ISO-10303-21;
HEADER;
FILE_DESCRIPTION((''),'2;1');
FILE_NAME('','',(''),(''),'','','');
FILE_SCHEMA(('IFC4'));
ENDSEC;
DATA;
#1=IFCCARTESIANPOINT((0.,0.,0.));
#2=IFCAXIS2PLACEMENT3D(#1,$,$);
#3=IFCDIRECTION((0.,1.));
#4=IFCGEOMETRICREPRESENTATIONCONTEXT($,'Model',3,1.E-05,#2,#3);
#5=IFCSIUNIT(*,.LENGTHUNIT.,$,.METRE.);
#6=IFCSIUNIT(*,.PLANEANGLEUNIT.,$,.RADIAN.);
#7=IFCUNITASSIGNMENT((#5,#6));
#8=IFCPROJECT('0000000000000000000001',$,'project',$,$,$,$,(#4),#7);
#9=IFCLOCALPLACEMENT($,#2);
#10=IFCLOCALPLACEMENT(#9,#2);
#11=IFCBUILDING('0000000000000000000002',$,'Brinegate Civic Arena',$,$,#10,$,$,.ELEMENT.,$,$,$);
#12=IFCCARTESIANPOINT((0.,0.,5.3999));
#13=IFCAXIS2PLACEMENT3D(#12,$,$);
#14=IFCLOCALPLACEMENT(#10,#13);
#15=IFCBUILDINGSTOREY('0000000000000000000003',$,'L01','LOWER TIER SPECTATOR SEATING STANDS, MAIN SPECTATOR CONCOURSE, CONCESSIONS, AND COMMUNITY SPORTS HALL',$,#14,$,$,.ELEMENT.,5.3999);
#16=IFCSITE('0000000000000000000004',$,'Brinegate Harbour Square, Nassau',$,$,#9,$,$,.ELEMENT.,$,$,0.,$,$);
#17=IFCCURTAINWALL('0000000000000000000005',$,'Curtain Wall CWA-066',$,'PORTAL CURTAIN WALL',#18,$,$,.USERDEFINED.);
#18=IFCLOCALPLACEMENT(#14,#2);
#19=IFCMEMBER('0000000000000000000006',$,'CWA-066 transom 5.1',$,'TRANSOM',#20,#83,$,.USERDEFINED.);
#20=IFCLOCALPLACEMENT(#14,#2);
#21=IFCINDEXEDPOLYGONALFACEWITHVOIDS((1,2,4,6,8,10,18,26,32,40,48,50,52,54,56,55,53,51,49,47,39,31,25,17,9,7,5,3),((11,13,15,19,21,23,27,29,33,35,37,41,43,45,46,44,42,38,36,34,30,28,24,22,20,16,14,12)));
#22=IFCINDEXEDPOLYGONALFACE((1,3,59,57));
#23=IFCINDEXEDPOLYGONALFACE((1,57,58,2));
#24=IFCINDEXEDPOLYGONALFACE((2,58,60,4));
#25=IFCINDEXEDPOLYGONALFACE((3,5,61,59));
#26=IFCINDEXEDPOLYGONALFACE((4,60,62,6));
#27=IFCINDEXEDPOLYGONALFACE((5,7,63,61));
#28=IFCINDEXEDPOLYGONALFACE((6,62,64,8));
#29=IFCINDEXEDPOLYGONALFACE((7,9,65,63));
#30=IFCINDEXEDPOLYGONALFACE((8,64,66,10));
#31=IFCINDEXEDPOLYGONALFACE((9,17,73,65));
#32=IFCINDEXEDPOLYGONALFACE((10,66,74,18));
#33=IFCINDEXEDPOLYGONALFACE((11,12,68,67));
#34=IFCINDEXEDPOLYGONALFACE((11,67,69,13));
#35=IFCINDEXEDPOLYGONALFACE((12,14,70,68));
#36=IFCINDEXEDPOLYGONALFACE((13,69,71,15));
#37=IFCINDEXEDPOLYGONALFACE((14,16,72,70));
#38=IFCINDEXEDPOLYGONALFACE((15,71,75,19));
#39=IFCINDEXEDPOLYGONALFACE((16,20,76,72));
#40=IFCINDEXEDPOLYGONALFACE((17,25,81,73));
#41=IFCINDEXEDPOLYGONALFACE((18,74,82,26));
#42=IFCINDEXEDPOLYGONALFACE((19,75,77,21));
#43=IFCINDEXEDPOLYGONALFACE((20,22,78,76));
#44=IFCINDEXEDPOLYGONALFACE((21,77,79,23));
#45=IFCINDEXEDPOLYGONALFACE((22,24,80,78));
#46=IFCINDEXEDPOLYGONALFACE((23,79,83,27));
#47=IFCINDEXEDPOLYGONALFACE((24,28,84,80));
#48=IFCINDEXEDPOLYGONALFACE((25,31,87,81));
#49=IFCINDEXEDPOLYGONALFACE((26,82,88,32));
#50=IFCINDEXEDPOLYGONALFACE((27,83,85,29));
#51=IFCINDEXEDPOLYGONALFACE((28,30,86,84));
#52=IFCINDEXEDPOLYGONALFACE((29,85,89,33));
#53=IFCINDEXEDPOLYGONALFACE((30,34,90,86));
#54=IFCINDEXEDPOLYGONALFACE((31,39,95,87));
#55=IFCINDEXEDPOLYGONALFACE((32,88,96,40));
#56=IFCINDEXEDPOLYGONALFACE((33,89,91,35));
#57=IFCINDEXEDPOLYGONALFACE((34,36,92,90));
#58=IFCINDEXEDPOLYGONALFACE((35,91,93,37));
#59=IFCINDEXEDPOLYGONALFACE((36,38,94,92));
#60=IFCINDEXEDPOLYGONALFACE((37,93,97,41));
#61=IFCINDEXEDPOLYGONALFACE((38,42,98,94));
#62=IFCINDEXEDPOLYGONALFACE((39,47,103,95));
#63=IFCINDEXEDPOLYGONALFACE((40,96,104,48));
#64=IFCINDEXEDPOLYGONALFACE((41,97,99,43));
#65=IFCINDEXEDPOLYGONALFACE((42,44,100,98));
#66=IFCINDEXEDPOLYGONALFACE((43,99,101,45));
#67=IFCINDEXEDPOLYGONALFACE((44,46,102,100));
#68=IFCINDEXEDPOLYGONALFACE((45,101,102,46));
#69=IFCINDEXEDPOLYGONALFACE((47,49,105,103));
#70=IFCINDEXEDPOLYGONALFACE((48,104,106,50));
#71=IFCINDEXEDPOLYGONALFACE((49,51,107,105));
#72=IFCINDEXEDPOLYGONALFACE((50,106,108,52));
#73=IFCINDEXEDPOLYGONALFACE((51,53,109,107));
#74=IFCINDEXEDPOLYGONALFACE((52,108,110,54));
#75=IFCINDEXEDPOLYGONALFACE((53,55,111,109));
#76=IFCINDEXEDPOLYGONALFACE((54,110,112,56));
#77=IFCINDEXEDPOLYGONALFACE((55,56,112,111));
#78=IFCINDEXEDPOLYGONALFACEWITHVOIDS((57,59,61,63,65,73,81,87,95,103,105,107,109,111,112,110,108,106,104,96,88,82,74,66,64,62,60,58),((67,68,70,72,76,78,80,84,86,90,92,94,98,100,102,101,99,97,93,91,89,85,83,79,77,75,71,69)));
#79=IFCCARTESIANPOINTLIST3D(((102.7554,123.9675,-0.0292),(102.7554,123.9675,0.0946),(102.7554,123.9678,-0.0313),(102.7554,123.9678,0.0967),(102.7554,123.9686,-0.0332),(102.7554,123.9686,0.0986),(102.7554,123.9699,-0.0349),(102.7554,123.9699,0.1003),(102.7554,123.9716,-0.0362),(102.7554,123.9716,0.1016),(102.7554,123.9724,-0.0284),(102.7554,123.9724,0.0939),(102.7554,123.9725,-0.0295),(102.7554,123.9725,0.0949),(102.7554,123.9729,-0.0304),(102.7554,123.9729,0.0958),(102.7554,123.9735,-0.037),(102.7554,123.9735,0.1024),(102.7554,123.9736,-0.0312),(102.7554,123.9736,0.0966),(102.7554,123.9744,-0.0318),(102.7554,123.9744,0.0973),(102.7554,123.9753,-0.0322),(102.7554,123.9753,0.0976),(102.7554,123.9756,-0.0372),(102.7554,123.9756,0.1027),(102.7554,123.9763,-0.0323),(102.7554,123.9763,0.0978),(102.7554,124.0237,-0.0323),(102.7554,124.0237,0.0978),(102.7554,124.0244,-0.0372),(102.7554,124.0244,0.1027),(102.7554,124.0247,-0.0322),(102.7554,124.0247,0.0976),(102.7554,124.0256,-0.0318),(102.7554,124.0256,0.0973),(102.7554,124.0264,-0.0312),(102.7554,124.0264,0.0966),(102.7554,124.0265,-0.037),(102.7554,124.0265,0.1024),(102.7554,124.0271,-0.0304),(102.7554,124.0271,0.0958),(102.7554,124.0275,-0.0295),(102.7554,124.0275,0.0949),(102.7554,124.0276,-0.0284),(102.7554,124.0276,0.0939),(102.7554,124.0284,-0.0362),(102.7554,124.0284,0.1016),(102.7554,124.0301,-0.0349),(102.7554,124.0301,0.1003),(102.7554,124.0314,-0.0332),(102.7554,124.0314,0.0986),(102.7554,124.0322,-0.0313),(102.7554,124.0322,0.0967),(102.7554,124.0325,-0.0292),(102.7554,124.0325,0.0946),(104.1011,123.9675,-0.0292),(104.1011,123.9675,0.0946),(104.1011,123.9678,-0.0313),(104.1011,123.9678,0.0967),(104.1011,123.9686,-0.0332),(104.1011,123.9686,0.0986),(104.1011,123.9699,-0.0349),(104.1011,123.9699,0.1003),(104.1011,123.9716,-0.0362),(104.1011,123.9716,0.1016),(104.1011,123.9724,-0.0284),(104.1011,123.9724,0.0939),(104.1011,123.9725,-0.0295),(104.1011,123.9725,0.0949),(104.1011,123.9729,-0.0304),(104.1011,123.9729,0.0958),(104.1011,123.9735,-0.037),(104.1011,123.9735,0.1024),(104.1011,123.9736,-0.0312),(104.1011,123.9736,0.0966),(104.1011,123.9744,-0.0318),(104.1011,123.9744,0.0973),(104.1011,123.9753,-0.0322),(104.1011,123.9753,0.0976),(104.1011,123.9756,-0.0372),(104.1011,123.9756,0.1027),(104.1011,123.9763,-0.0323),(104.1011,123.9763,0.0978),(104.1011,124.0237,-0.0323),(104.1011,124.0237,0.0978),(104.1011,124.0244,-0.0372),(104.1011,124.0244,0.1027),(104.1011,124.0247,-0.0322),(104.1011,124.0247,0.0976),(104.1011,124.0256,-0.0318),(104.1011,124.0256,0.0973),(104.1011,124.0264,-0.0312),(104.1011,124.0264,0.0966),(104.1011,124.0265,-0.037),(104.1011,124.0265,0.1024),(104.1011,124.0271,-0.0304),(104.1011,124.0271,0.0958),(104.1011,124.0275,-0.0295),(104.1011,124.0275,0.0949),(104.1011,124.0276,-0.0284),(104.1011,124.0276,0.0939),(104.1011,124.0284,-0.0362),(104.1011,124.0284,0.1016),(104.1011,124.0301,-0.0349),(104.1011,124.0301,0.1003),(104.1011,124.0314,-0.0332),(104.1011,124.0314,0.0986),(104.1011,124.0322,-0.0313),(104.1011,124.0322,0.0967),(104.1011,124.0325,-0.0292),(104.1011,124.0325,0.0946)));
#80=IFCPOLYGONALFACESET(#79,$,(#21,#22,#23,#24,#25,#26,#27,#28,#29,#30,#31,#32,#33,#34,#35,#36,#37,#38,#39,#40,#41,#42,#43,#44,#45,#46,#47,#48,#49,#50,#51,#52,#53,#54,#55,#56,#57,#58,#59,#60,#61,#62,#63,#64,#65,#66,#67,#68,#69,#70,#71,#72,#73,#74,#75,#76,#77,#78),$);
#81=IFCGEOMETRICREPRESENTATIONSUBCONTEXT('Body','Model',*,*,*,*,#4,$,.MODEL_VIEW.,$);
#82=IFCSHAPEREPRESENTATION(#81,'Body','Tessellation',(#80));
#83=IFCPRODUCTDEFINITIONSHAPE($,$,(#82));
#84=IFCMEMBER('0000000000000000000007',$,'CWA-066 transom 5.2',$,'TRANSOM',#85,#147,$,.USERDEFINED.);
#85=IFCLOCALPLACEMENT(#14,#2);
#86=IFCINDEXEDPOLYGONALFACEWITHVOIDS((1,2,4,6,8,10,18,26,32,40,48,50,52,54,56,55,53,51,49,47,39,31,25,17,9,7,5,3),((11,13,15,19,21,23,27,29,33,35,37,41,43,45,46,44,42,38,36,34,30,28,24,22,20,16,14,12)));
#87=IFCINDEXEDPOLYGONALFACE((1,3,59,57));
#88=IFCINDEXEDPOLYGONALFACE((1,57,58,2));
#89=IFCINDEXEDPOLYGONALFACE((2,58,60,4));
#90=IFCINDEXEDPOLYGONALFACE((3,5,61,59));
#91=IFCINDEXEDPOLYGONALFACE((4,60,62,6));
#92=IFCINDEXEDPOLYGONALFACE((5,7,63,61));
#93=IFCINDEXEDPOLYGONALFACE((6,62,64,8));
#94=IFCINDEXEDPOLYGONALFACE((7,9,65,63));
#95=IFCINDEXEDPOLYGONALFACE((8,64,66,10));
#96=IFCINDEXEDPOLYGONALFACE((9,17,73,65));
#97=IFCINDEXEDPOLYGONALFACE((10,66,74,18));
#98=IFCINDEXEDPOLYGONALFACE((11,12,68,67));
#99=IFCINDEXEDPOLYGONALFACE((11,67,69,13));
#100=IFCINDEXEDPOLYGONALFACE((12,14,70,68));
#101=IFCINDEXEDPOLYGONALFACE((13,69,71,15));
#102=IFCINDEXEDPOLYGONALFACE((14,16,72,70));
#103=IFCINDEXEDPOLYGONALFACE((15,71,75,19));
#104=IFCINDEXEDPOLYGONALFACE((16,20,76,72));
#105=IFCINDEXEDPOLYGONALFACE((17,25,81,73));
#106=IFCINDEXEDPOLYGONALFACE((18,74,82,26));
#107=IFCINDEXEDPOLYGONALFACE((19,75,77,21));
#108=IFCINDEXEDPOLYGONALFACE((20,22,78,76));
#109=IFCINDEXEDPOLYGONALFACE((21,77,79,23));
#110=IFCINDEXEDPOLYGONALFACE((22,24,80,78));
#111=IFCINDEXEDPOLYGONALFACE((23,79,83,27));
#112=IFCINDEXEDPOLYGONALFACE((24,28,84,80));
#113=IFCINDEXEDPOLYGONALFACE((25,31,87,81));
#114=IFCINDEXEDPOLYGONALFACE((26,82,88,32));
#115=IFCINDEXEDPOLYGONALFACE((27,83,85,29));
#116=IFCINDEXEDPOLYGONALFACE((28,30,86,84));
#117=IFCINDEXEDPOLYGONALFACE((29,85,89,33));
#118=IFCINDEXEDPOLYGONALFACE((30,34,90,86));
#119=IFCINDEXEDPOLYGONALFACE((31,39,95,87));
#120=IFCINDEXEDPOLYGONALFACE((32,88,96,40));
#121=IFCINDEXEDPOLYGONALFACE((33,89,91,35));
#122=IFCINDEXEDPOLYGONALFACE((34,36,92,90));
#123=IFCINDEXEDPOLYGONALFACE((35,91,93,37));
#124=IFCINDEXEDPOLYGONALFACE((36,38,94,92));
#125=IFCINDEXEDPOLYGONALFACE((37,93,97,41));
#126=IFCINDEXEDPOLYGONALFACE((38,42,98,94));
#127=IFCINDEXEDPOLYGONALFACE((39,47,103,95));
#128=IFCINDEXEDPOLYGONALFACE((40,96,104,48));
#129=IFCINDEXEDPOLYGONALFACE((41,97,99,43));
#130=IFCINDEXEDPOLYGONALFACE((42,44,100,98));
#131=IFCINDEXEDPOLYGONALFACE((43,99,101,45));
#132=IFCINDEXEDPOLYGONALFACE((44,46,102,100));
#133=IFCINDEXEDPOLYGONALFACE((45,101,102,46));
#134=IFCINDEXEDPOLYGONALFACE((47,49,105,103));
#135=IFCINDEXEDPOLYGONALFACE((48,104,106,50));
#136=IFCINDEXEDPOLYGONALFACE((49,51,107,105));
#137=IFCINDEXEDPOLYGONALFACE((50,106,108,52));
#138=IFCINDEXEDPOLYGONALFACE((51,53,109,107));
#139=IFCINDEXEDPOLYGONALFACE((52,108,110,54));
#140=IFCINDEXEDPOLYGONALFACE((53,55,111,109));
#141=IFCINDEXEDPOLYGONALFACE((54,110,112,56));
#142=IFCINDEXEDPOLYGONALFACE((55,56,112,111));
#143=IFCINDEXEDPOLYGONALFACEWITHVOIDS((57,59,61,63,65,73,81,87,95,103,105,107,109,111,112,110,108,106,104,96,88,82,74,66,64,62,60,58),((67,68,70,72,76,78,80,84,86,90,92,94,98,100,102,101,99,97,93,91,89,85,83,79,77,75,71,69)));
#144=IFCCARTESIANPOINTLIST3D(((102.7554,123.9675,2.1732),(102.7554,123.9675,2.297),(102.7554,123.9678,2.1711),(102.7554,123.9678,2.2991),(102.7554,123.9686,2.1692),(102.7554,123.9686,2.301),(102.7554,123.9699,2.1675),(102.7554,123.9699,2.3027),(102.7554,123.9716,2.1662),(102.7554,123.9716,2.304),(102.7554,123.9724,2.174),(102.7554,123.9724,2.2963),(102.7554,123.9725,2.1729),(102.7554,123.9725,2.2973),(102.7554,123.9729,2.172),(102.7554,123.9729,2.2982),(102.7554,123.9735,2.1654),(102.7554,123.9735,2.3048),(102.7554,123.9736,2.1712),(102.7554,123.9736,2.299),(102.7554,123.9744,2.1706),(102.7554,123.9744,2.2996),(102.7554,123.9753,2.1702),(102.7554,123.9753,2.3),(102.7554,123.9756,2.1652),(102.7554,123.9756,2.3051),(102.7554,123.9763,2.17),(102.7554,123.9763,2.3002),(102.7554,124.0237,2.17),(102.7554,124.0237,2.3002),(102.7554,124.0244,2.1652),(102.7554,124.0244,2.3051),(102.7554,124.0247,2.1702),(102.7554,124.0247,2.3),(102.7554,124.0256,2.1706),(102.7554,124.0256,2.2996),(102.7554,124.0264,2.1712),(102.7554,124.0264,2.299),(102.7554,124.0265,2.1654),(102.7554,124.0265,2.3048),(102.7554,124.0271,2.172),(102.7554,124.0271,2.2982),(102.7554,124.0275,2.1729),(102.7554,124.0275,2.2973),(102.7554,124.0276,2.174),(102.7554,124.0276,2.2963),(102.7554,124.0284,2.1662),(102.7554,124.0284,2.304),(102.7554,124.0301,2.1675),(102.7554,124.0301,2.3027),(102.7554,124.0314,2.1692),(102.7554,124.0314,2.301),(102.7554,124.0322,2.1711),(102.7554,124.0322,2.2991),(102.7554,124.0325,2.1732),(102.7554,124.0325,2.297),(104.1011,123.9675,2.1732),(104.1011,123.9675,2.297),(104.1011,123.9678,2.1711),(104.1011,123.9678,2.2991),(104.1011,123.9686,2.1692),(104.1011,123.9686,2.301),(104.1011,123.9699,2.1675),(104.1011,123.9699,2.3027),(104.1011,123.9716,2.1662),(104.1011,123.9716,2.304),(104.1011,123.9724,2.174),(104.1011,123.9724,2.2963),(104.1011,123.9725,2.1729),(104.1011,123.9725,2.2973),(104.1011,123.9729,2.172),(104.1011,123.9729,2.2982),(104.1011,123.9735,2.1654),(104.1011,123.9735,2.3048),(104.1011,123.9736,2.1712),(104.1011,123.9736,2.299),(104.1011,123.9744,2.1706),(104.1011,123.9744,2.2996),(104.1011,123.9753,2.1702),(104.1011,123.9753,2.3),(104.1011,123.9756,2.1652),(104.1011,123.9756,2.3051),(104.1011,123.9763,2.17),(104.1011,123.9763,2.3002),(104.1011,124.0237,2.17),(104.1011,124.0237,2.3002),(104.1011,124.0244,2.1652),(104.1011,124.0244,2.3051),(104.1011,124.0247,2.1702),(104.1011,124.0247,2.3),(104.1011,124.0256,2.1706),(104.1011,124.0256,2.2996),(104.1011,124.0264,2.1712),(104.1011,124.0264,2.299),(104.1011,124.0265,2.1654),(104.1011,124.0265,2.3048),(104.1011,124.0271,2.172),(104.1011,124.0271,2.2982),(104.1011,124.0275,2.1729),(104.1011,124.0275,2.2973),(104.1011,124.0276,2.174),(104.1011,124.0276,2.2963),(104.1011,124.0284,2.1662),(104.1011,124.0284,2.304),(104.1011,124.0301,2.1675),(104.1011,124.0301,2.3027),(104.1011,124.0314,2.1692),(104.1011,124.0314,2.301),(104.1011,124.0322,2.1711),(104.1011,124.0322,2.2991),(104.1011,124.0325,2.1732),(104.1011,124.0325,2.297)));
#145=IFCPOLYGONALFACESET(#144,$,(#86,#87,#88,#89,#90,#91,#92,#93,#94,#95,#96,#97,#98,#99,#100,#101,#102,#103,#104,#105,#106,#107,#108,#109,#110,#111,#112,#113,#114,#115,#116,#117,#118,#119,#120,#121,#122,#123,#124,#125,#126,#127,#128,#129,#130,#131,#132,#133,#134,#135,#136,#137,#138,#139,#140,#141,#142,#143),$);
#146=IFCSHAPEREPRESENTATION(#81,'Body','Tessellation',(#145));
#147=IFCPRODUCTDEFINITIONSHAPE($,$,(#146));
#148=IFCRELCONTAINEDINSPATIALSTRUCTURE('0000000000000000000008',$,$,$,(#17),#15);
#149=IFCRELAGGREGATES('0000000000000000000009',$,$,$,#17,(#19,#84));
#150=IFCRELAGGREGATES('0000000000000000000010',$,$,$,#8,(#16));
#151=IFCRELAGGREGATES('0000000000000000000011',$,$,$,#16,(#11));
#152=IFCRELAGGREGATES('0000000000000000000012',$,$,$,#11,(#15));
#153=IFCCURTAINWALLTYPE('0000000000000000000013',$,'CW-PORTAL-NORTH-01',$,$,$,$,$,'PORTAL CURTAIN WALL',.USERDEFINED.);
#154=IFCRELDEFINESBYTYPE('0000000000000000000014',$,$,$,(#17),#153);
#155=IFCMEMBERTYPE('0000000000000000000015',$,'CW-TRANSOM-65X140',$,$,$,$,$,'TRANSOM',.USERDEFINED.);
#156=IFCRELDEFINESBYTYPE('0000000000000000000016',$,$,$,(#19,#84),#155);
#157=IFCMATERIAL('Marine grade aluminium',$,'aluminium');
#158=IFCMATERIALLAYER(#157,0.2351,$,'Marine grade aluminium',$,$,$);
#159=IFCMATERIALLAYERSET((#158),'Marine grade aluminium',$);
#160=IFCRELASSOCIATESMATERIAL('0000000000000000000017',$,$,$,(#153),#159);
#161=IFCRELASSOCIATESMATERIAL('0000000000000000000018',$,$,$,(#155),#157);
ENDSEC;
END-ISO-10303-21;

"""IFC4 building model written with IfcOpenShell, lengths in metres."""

from ifc_helpers import new_model, si_unit, direction, frame, origin, origin_2d, place, context, subcontext, project, spatial, hollow_rectangle, extrude, material, layer, layer_set, material_profile, profile_set, type_object, element, aggregate, save


model = new_model("IFC4")

# Units and contexts
model_context = context("Model", 3, precision=1e-05, world=origin(), true_north=direction((0.0, 1.0)))
body_context = subcontext(model_context, "Body", "Model", "MODEL_VIEW")
ifc_project = project(units=[si_unit("LENGTHUNIT", "METRE"), si_unit("PLANEANGLEUNIT", "RADIAN")], contexts=[model_context])

# Site, building, storey
site_placement = place(None, origin())
site = spatial("IfcSite", under=ifc_project, at=site_placement, Name="Brinegate Harbour Square, Nassau", CompositionType="ELEMENT", RefElevation=0.0)
building_placement = place(site_placement, origin())
building = spatial("IfcBuilding", under=site, at=building_placement, Name="Brinegate Civic Arena", CompositionType="ELEMENT")
storey_placement = place(building_placement, frame((0.0, 0.0, 5.3999)))
storey = spatial("IfcBuildingStorey", under=building, at=storey_placement, Name="L01", Description="LOWER TIER SPECTATOR SEATING STANDS, MAIN SPECTATOR CONCOURSE, CONCESSIONS, AND COMMUNITY SPORTS HALL", CompositionType="ELEMENT", Elevation=5.3999)

# Curtain wall, members
ifc_material_1 = material(Name="Marine grade aluminium", Category="aluminium")
ifc_layer_1 = layer(ifc_material_1, 0.2351, Name="Marine grade aluminium")
ifc_layer_set_1 = layer_set([ifc_layer_1], Name="Marine grade aluminium")
curtain_wall_type = type_object("IfcCurtainWallType", Name="CW-PORTAL-NORTH-01", ElementType="PORTAL CURTAIN WALL", PredefinedType="USERDEFINED", material=ifc_layer_set_1)
curtain_wall_placement = place(storey_placement, origin())
curtain_wall = element("IfcCurtainWall", 1, at=curtain_wall_placement, inside=storey, type_object=curtain_wall_type, Name="Curtain Wall CWA-066", ObjectType="PORTAL CURTAIN WALL", PredefinedType="USERDEFINED")
ifc_material_profile_1 = material_profile(ifc_material_1, hollow_rectangle(XDim=0.0649, YDim=0.1399, WallThickness=0.0049, InnerFilletRadius=0.0039, OuterFilletRadius=0.0081, at=origin_2d()), Name="TRN65X140")
ifc_profile_set_1 = profile_set([ifc_material_profile_1], Name="Marine grade aluminium")
member_type_1 = type_object("IfcMemberType", Name="CW-TRANSOM-65X140", ElementType="TRANSOM", PredefinedType="USERDEFINED", material=ifc_profile_set_1)
member_1_placement = place(storey_placement, frame((102.7554, 124.0, 0.0327), z_axis=(1.0, 0.0, 0.0), x_axis=(0.0, 1.0, 0.0)))
member_1 = element("IfcMember", 2, at=member_1_placement, type_object=member_type_1, Name="CWA-066 transom 5.1", ObjectType="TRANSOM", PredefinedType="USERDEFINED", context=body_context, shape_type="SweptSolid", body=[
    extrude(hollow_rectangle(XDim=0.0649, YDim=0.1399, WallThickness=0.0049, InnerFilletRadius=0.0039, OuterFilletRadius=0.0081, at=origin_2d()), origin(), (0.0, 0.0, 1.0), 1.3457),
])
member_2_placement = place(storey_placement, frame((102.7554, 124.0, 2.2351), z_axis=(1.0, 0.0, 0.0), x_axis=(0.0, 1.0, 0.0)))
member_2 = element("IfcMember", 3, at=member_2_placement, type_object=member_type_1, Name="CWA-066 transom 5.2", ObjectType="TRANSOM", PredefinedType="USERDEFINED", context=body_context, shape_type="SweptSolid", body=[
    extrude(hollow_rectangle(XDim=0.0649, YDim=0.1399, WallThickness=0.0049, InnerFilletRadius=0.0039, OuterFilletRadius=0.0081, at=origin_2d()), origin(), (0.0, 0.0, 1.0), 1.3457),
])
aggregate(curtain_wall, [member_1, member_2])

save(model, "model.ifc")
